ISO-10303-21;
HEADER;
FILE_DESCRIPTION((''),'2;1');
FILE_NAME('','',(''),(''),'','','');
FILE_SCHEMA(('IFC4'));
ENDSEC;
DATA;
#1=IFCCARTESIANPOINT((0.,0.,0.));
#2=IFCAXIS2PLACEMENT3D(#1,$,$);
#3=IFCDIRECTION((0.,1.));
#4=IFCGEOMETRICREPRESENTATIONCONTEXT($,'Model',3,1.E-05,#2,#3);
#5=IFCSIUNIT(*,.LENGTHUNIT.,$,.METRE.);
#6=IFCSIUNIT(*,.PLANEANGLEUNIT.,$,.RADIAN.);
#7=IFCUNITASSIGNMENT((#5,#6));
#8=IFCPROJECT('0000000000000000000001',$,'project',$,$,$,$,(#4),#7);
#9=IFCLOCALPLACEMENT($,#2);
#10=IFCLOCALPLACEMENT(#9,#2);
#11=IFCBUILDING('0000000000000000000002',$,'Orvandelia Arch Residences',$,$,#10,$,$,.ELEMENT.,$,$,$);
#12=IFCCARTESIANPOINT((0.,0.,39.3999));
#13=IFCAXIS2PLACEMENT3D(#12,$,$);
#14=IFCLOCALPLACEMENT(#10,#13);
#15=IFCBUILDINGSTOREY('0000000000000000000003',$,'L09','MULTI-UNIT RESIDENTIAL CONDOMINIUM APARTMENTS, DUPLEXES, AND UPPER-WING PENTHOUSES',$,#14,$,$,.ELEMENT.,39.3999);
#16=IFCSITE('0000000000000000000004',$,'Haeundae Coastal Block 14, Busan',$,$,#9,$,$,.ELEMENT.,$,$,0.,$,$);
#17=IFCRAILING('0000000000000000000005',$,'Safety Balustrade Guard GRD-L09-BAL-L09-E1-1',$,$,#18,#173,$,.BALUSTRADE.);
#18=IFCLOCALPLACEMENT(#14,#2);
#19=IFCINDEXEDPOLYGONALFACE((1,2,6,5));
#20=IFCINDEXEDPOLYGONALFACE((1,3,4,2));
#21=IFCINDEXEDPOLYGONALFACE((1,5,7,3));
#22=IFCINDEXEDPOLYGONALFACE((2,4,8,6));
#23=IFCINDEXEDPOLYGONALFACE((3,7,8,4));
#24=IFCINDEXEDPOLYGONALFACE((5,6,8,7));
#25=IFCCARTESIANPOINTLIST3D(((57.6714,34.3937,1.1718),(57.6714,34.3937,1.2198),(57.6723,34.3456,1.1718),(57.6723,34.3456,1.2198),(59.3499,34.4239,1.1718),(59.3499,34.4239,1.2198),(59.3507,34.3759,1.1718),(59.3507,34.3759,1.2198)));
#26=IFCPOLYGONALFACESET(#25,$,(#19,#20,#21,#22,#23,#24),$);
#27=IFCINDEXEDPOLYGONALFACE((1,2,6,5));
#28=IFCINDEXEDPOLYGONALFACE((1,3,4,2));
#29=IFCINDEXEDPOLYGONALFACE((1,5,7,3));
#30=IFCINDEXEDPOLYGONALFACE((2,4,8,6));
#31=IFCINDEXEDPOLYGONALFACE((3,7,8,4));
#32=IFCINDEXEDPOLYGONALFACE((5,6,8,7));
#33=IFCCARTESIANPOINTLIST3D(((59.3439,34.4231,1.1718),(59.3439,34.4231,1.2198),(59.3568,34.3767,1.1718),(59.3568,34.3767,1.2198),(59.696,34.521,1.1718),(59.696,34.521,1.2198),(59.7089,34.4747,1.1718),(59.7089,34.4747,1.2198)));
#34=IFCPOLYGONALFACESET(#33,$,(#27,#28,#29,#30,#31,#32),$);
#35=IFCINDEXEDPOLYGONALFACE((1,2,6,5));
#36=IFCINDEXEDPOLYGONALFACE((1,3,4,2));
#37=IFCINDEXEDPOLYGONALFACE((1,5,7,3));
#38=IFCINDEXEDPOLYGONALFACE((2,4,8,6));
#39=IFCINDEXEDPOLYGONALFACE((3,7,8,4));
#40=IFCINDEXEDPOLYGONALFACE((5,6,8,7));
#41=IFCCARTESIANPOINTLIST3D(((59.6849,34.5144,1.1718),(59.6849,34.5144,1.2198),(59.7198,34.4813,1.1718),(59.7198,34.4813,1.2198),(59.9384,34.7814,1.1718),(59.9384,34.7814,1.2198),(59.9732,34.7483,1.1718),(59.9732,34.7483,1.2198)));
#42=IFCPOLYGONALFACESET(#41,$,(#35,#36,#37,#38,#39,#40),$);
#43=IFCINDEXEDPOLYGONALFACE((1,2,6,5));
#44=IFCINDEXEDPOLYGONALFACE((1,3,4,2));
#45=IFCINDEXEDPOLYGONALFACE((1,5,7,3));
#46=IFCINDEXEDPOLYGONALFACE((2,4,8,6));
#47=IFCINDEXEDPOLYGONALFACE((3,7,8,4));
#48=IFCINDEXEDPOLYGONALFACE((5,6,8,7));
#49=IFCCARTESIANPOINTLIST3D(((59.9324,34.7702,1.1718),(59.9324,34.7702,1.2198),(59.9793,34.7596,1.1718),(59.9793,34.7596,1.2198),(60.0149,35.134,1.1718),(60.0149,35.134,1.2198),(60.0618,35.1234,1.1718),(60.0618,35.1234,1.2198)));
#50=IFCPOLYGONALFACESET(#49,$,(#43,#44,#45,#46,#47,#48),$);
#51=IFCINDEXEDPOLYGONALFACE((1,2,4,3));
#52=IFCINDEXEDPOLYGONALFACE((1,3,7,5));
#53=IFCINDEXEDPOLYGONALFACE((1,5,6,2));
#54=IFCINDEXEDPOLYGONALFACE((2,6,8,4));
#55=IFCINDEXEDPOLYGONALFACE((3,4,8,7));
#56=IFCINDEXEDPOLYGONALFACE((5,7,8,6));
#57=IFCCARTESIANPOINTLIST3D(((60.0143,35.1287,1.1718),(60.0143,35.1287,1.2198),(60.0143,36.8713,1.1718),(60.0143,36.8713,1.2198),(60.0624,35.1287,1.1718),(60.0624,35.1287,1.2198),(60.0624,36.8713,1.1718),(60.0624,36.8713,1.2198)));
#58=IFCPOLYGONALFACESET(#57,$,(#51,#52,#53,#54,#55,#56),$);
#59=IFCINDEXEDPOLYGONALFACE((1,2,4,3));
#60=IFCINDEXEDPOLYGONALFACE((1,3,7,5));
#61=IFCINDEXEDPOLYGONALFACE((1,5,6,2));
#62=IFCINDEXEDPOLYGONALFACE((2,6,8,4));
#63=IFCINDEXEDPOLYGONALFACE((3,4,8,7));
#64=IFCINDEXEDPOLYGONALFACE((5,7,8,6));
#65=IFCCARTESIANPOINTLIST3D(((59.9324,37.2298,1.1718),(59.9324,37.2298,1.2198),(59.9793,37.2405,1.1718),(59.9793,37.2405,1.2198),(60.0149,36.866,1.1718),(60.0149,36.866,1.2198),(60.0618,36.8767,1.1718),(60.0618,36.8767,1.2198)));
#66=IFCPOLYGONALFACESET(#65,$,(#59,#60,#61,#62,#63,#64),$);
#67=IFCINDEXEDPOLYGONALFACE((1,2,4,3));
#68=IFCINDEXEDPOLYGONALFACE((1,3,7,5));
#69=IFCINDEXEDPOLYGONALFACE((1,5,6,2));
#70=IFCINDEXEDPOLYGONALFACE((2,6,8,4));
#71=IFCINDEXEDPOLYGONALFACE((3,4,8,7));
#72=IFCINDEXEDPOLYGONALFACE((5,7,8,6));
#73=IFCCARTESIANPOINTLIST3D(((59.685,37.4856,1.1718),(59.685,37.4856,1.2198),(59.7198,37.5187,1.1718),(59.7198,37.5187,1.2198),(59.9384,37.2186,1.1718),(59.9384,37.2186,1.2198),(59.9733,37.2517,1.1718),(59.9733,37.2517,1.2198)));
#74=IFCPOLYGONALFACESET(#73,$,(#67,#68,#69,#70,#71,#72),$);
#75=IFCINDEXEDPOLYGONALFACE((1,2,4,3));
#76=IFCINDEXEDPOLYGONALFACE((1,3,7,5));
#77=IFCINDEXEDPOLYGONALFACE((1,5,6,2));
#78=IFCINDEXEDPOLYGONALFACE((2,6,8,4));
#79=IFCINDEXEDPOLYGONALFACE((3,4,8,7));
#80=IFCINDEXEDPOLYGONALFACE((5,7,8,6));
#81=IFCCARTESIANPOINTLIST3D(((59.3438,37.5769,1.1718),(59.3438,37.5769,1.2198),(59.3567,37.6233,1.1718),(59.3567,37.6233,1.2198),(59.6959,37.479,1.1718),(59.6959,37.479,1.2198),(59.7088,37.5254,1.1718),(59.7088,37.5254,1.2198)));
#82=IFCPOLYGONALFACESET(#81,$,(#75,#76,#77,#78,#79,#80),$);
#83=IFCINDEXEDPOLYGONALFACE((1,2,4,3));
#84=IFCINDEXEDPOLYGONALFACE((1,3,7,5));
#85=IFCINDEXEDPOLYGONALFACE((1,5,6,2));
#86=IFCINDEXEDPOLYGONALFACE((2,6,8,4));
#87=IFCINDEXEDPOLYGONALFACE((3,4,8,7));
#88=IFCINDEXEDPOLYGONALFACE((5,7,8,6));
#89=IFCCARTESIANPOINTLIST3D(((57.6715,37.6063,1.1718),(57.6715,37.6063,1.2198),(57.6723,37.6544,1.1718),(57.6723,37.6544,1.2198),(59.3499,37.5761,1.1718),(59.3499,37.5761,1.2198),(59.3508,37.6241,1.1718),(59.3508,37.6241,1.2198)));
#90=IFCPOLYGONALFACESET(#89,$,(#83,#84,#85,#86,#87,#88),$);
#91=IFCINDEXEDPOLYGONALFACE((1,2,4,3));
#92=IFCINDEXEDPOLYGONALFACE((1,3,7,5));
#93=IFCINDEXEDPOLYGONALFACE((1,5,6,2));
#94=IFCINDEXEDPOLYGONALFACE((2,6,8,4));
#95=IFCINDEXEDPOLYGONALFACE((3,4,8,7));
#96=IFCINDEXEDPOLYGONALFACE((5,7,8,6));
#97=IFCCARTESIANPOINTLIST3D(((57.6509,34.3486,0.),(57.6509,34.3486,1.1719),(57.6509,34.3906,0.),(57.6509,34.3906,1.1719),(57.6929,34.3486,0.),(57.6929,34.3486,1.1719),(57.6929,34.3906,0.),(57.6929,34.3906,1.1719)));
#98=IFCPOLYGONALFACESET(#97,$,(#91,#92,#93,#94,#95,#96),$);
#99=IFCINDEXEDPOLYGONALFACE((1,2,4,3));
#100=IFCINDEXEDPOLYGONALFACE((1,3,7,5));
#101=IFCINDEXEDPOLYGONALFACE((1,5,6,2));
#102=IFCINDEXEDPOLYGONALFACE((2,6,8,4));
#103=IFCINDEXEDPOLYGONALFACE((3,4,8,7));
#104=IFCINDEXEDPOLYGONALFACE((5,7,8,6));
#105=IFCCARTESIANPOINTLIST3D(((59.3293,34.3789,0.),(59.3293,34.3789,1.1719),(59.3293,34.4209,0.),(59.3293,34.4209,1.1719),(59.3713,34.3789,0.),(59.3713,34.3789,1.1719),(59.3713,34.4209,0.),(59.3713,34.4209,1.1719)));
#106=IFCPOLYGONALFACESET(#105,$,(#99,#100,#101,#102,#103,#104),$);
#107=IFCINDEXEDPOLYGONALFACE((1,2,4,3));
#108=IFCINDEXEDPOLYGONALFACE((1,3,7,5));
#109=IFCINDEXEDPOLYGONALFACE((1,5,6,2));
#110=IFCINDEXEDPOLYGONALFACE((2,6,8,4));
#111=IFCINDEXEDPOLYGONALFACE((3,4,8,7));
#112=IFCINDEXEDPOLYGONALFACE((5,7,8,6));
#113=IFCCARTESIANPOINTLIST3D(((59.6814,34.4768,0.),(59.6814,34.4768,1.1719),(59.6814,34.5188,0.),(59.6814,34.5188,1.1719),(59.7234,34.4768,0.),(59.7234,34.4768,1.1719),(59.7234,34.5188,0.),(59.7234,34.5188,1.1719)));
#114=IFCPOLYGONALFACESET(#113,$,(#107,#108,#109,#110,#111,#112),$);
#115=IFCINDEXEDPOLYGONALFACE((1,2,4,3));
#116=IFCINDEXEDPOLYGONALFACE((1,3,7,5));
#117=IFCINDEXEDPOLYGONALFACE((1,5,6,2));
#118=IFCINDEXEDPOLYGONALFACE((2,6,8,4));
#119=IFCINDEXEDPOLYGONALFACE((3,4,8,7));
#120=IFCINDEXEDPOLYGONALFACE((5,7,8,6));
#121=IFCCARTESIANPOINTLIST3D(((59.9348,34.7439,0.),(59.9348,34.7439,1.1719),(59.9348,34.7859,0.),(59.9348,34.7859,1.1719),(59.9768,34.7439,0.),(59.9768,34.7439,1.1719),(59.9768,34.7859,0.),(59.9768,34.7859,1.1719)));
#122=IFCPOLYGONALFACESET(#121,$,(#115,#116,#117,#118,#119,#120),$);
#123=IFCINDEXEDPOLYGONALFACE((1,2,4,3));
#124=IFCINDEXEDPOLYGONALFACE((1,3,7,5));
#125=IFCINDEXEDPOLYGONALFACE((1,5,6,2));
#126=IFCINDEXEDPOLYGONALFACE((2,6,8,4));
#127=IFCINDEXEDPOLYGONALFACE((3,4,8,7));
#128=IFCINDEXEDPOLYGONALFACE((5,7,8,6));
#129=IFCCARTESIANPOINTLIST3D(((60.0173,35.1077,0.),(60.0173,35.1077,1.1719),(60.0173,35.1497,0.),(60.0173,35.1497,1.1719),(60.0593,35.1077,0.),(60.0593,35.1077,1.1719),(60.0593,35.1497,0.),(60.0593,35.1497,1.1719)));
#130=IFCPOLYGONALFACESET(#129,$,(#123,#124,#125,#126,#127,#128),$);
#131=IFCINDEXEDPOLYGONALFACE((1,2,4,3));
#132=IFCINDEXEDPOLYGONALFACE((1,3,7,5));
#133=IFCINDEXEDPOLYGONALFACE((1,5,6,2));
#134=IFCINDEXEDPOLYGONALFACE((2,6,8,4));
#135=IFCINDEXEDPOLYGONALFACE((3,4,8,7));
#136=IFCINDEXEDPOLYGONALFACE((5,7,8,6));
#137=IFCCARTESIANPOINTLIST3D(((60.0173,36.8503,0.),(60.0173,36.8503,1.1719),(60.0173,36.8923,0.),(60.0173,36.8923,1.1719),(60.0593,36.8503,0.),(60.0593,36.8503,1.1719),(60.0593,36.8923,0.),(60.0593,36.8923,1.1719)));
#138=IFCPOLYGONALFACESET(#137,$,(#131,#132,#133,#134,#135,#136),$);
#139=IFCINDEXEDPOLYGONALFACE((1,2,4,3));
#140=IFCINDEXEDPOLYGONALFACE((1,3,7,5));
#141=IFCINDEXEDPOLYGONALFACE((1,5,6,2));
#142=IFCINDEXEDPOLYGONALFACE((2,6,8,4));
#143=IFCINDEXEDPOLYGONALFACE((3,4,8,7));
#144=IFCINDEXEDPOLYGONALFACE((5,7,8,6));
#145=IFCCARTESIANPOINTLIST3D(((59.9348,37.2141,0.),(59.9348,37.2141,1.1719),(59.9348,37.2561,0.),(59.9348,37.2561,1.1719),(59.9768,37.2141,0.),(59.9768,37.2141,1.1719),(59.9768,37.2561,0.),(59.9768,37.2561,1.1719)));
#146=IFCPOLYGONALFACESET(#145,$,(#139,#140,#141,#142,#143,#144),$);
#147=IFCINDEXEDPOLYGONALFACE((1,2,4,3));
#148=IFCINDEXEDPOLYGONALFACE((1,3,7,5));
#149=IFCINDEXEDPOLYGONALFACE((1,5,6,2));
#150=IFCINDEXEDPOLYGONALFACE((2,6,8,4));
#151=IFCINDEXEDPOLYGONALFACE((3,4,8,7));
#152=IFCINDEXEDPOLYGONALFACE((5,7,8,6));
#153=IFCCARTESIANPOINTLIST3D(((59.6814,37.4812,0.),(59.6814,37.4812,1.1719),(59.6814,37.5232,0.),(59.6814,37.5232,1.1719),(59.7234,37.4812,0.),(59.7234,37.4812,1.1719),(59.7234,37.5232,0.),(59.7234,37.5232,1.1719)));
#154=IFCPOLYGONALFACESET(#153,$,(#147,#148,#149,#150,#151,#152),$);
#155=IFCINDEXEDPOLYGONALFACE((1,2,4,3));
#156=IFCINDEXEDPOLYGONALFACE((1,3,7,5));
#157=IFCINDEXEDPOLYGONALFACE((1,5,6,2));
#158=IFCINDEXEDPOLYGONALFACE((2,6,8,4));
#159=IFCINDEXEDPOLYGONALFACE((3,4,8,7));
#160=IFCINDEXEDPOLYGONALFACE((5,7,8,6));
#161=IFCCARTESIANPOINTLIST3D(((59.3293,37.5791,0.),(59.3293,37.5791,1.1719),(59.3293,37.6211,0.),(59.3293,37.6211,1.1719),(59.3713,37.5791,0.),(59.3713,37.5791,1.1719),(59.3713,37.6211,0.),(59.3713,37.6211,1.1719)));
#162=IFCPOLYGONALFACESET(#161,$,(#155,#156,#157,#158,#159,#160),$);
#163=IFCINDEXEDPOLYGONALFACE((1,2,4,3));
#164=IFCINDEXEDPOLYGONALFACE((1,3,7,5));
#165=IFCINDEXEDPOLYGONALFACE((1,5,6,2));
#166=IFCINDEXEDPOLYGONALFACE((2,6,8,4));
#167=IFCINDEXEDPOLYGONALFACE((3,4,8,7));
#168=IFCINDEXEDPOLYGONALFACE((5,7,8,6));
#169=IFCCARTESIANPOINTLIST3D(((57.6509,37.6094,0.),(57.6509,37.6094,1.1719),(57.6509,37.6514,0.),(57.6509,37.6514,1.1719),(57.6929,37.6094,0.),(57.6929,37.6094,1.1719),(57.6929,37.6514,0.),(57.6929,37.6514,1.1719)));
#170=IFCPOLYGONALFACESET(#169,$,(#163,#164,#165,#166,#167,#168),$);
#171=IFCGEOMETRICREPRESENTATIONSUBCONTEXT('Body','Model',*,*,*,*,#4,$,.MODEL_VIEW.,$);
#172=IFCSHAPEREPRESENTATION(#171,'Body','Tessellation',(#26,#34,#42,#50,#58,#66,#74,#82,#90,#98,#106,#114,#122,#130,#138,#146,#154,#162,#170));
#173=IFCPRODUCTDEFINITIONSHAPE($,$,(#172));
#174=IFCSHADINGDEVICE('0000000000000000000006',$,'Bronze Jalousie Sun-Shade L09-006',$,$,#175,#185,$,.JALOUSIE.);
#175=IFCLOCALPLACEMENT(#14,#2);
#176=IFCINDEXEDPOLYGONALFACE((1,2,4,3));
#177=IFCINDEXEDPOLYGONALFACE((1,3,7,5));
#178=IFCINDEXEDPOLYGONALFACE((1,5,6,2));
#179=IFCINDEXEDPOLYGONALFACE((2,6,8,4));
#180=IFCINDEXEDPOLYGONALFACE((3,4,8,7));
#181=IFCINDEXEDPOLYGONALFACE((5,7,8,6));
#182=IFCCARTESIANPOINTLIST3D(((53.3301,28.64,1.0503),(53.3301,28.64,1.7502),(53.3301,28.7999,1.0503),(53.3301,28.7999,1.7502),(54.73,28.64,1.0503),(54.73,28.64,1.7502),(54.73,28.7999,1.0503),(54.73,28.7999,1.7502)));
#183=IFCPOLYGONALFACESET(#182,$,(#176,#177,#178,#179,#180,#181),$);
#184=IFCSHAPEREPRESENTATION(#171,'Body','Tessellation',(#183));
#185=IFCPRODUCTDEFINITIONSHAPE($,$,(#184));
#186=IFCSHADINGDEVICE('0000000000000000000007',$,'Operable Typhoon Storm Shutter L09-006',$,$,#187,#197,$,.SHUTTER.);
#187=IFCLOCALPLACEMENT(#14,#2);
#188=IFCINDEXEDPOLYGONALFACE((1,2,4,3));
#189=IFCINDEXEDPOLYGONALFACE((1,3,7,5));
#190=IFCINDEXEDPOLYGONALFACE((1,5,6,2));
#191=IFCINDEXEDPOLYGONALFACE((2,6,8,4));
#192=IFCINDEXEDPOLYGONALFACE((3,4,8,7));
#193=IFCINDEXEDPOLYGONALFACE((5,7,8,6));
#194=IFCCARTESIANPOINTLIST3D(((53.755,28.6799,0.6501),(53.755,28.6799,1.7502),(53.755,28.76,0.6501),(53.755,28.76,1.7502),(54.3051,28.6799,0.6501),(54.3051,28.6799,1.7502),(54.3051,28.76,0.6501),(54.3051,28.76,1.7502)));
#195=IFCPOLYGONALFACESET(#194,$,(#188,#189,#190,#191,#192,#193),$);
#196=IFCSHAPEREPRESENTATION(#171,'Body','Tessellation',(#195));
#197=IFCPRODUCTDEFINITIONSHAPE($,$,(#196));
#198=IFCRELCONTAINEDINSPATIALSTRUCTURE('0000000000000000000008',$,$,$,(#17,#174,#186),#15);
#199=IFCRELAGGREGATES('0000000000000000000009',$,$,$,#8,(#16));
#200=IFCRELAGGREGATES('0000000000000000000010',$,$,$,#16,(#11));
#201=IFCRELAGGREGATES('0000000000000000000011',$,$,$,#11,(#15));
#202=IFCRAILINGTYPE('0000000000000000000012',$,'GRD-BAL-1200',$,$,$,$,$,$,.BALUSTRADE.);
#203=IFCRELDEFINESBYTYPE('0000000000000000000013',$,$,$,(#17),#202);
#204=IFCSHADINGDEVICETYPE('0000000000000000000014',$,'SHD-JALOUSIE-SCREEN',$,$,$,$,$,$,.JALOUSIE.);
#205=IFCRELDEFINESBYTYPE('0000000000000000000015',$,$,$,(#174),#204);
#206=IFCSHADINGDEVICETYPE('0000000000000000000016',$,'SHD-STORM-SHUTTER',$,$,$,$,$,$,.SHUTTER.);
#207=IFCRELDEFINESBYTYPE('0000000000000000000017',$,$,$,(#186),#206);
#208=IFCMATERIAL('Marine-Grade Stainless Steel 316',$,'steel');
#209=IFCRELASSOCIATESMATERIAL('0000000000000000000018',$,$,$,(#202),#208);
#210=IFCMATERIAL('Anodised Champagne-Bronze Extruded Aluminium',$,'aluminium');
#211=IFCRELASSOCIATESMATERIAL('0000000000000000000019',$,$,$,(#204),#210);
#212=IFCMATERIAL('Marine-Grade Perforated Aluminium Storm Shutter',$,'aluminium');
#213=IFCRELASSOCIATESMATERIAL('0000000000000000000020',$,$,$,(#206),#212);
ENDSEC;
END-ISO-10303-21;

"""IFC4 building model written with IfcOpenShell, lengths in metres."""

from ifc_helpers import new_model, si_unit, direction, frame, origin, origin_2d, place, context, subcontext, project, spatial, rectangle, extrude, material, type_object, element, save


model = new_model("IFC4")

# Units and contexts
model_context = context("Model", 3, precision=1e-05, world=origin(), true_north=direction((0.0, 1.0)))
body_context = subcontext(model_context, "Body", "Model", "MODEL_VIEW")
ifc_project = project(units=[si_unit("LENGTHUNIT", "METRE"), si_unit("PLANEANGLEUNIT", "RADIAN")], contexts=[model_context])

# Site, building, storey
site_placement = place(None, origin())
site = spatial("IfcSite", under=ifc_project, at=site_placement, Name="Haeundae Coastal Block 14, Busan", CompositionType="ELEMENT", RefElevation=0.0)
building_placement = place(site_placement, origin())
building = spatial("IfcBuilding", under=site, at=building_placement, Name="Orvandelia Arch Residences", CompositionType="ELEMENT")
storey_placement = place(building_placement, frame((0.0, 0.0, 39.3999)))
storey = spatial("IfcBuildingStorey", under=building, at=storey_placement, Name="L09", Description="MULTI-UNIT RESIDENTIAL CONDOMINIUM APARTMENTS, DUPLEXES, AND UPPER-WING PENTHOUSES", CompositionType="ELEMENT", Elevation=39.3999)

# Railing
ifc_material_1 = material(Name="Marine-Grade Stainless Steel 316", Category="steel")
railing_type = type_object("IfcRailingType", Name="GRD-BAL-1200", PredefinedType="BALUSTRADE", material=ifc_material_1)
railing_placement = place(storey_placement, frame((57.6719, 34.3696, 0.0)))
element("IfcRailing", 1, at=railing_placement, inside=storey, type_object=railing_type, Name="Safety Balustrade Guard GRD-L09-BAL-L09-E1-1", PredefinedType="BALUSTRADE", context=body_context, shape_type="SweptSolid", body=[
    extrude(rectangle(XDim=0.0481, YDim=0.0481, at=origin_2d()), frame((0.0, 0.0, 1.1958), z_axis=(0.999837, 0.018033, 0.0), x_axis=(-0.018033, 0.999837, 0.0)), (0.0, 0.0, 1.0), 1.6787),
    extrude(rectangle(XDim=0.0481, YDim=0.0481, at=origin_2d()), frame((1.6785, 0.0303, 1.1958), z_axis=(0.963441, 0.26792, 0.0), x_axis=(-0.26792, 0.963441, 0.0)), (0.0, 0.0, 1.0), 0.3655),
    extrude(rectangle(XDim=0.0481, YDim=0.0481, at=origin_2d()), frame((2.0305, 0.1282, 1.1958), z_axis=(0.688296, 0.72543, 0.0), x_axis=(-0.72543, 0.688296, 0.0)), (0.0, 0.0, 1.0), 0.3682),
    extrude(rectangle(XDim=0.0481, YDim=0.0481, at=origin_2d()), frame((2.2839, 0.3953, 1.1958), z_axis=(0.221225, 0.975223, 0.0), x_axis=(-0.975223, 0.221225, 0.0)), (0.0, 0.0, 1.0), 0.373),
    extrude(rectangle(XDim=0.0481, YDim=0.0481, at=origin_2d()), frame((2.3665, 0.759, 1.1958), z_axis=(0.0, 1.0, 0.0), x_axis=(-1.0, 0.0, 0.0)), (0.0, 0.0, 1.0), 1.7427),
    extrude(rectangle(XDim=0.0481, YDim=0.0481, at=origin_2d()), frame((2.3665, 2.5017, 1.1958), z_axis=(-0.221225, 0.975223, 0.0), x_axis=(-0.975223, -0.221225, 0.0)), (0.0, 0.0, 1.0), 0.373),
    extrude(rectangle(XDim=0.0481, YDim=0.0481, at=origin_2d()), frame((2.2839, 2.8655, 1.1958), z_axis=(-0.688296, 0.72543, 0.0), x_axis=(-0.72543, -0.688296, 0.0)), (0.0, 0.0, 1.0), 0.3682),
    extrude(rectangle(XDim=0.0481, YDim=0.0481, at=origin_2d()), frame((2.0305, 3.1326, 1.1958), z_axis=(-0.963441, 0.26792, 0.0), x_axis=(-0.26792, -0.963441, 0.0)), (0.0, 0.0, 1.0), 0.3655),
    extrude(rectangle(XDim=0.0481, YDim=0.0481, at=origin_2d()), frame((1.6785, 3.2305, 1.1958), z_axis=(-0.999837, 0.018033, 0.0), x_axis=(-0.018033, -0.999837, 0.0)), (0.0, 0.0, 1.0), 1.6787),
    extrude(rectangle(XDim=0.042, YDim=0.042, at=origin_2d()), origin(), (0.0, 0.0, 1.0), 1.1719),
    extrude(rectangle(XDim=0.042, YDim=0.042, at=origin_2d()), frame((1.6785, 0.0303, 0.0)), (0.0, 0.0, 1.0), 1.1719),
    extrude(rectangle(XDim=0.042, YDim=0.042, at=origin_2d()), frame((2.0305, 0.1282, 0.0)), (0.0, 0.0, 1.0), 1.1719),
    extrude(rectangle(XDim=0.042, YDim=0.042, at=origin_2d()), frame((2.2839, 0.3953, 0.0)), (0.0, 0.0, 1.0), 1.1719),
    extrude(rectangle(XDim=0.042, YDim=0.042, at=origin_2d()), frame((2.3665, 0.759, 0.0)), (0.0, 0.0, 1.0), 1.1719),
    extrude(rectangle(XDim=0.042, YDim=0.042, at=origin_2d()), frame((2.3665, 2.5017, 0.0)), (0.0, 0.0, 1.0), 1.1719),
    extrude(rectangle(XDim=0.042, YDim=0.042, at=origin_2d()), frame((2.2839, 2.8655, 0.0)), (0.0, 0.0, 1.0), 1.1719),
    extrude(rectangle(XDim=0.042, YDim=0.042, at=origin_2d()), frame((2.0305, 3.1326, 0.0)), (0.0, 0.0, 1.0), 1.1719),
    extrude(rectangle(XDim=0.042, YDim=0.042, at=origin_2d()), frame((1.6785, 3.2305, 0.0)), (0.0, 0.0, 1.0), 1.1719),
    extrude(rectangle(XDim=0.042, YDim=0.042, at=origin_2d()), frame((0.0, 3.2607, 0.0)), (0.0, 0.0, 1.0), 1.1719),
])

# Shading devices
ifc_material_2 = material(Name="Anodised Champagne-Bronze Extruded Aluminium", Category="aluminium")
shading_device_type_1 = type_object("IfcShadingDeviceType", Name="SHD-JALOUSIE-SCREEN", PredefinedType="JALOUSIE", material=ifc_material_2)
shading_device_1_placement = place(storey_placement, frame((54.03, 28.72, 1.0503), z_axis=(0.0, 0.0, 1.0), x_axis=(-1.0, 0.0, 0.0)))
element("IfcShadingDevice", 2, at=shading_device_1_placement, inside=storey, type_object=shading_device_type_1, Name="Bronze Jalousie Sun-Shade L09-006", PredefinedType="JALOUSIE", context=body_context, shape_type="SweptSolid", body=[
    extrude(rectangle(XDim=1.3999, YDim=0.1599, at=origin_2d()), origin(), (0.0, 0.0, 1.0), 0.7),
])
ifc_material_3 = material(Name="Marine-Grade Perforated Aluminium Storm Shutter", Category="aluminium")
shading_device_type_2 = type_object("IfcShadingDeviceType", Name="SHD-STORM-SHUTTER", PredefinedType="SHUTTER", material=ifc_material_3)
shading_device_2_placement = place(storey_placement, frame((54.03, 28.72, 0.6501), z_axis=(0.0, 0.0, 1.0), x_axis=(-1.0, 0.0, 0.0)))
element("IfcShadingDevice", 3, at=shading_device_2_placement, inside=storey, type_object=shading_device_type_2, Name="Operable Typhoon Storm Shutter L09-006", PredefinedType="SHUTTER", context=body_context, shape_type="SweptSolid", body=[
    extrude(rectangle(XDim=0.55, YDim=0.0801, at=origin_2d()), origin(), (0.0, 0.0, 1.0), 1.1001),
])

save(model, "model.ifc")
